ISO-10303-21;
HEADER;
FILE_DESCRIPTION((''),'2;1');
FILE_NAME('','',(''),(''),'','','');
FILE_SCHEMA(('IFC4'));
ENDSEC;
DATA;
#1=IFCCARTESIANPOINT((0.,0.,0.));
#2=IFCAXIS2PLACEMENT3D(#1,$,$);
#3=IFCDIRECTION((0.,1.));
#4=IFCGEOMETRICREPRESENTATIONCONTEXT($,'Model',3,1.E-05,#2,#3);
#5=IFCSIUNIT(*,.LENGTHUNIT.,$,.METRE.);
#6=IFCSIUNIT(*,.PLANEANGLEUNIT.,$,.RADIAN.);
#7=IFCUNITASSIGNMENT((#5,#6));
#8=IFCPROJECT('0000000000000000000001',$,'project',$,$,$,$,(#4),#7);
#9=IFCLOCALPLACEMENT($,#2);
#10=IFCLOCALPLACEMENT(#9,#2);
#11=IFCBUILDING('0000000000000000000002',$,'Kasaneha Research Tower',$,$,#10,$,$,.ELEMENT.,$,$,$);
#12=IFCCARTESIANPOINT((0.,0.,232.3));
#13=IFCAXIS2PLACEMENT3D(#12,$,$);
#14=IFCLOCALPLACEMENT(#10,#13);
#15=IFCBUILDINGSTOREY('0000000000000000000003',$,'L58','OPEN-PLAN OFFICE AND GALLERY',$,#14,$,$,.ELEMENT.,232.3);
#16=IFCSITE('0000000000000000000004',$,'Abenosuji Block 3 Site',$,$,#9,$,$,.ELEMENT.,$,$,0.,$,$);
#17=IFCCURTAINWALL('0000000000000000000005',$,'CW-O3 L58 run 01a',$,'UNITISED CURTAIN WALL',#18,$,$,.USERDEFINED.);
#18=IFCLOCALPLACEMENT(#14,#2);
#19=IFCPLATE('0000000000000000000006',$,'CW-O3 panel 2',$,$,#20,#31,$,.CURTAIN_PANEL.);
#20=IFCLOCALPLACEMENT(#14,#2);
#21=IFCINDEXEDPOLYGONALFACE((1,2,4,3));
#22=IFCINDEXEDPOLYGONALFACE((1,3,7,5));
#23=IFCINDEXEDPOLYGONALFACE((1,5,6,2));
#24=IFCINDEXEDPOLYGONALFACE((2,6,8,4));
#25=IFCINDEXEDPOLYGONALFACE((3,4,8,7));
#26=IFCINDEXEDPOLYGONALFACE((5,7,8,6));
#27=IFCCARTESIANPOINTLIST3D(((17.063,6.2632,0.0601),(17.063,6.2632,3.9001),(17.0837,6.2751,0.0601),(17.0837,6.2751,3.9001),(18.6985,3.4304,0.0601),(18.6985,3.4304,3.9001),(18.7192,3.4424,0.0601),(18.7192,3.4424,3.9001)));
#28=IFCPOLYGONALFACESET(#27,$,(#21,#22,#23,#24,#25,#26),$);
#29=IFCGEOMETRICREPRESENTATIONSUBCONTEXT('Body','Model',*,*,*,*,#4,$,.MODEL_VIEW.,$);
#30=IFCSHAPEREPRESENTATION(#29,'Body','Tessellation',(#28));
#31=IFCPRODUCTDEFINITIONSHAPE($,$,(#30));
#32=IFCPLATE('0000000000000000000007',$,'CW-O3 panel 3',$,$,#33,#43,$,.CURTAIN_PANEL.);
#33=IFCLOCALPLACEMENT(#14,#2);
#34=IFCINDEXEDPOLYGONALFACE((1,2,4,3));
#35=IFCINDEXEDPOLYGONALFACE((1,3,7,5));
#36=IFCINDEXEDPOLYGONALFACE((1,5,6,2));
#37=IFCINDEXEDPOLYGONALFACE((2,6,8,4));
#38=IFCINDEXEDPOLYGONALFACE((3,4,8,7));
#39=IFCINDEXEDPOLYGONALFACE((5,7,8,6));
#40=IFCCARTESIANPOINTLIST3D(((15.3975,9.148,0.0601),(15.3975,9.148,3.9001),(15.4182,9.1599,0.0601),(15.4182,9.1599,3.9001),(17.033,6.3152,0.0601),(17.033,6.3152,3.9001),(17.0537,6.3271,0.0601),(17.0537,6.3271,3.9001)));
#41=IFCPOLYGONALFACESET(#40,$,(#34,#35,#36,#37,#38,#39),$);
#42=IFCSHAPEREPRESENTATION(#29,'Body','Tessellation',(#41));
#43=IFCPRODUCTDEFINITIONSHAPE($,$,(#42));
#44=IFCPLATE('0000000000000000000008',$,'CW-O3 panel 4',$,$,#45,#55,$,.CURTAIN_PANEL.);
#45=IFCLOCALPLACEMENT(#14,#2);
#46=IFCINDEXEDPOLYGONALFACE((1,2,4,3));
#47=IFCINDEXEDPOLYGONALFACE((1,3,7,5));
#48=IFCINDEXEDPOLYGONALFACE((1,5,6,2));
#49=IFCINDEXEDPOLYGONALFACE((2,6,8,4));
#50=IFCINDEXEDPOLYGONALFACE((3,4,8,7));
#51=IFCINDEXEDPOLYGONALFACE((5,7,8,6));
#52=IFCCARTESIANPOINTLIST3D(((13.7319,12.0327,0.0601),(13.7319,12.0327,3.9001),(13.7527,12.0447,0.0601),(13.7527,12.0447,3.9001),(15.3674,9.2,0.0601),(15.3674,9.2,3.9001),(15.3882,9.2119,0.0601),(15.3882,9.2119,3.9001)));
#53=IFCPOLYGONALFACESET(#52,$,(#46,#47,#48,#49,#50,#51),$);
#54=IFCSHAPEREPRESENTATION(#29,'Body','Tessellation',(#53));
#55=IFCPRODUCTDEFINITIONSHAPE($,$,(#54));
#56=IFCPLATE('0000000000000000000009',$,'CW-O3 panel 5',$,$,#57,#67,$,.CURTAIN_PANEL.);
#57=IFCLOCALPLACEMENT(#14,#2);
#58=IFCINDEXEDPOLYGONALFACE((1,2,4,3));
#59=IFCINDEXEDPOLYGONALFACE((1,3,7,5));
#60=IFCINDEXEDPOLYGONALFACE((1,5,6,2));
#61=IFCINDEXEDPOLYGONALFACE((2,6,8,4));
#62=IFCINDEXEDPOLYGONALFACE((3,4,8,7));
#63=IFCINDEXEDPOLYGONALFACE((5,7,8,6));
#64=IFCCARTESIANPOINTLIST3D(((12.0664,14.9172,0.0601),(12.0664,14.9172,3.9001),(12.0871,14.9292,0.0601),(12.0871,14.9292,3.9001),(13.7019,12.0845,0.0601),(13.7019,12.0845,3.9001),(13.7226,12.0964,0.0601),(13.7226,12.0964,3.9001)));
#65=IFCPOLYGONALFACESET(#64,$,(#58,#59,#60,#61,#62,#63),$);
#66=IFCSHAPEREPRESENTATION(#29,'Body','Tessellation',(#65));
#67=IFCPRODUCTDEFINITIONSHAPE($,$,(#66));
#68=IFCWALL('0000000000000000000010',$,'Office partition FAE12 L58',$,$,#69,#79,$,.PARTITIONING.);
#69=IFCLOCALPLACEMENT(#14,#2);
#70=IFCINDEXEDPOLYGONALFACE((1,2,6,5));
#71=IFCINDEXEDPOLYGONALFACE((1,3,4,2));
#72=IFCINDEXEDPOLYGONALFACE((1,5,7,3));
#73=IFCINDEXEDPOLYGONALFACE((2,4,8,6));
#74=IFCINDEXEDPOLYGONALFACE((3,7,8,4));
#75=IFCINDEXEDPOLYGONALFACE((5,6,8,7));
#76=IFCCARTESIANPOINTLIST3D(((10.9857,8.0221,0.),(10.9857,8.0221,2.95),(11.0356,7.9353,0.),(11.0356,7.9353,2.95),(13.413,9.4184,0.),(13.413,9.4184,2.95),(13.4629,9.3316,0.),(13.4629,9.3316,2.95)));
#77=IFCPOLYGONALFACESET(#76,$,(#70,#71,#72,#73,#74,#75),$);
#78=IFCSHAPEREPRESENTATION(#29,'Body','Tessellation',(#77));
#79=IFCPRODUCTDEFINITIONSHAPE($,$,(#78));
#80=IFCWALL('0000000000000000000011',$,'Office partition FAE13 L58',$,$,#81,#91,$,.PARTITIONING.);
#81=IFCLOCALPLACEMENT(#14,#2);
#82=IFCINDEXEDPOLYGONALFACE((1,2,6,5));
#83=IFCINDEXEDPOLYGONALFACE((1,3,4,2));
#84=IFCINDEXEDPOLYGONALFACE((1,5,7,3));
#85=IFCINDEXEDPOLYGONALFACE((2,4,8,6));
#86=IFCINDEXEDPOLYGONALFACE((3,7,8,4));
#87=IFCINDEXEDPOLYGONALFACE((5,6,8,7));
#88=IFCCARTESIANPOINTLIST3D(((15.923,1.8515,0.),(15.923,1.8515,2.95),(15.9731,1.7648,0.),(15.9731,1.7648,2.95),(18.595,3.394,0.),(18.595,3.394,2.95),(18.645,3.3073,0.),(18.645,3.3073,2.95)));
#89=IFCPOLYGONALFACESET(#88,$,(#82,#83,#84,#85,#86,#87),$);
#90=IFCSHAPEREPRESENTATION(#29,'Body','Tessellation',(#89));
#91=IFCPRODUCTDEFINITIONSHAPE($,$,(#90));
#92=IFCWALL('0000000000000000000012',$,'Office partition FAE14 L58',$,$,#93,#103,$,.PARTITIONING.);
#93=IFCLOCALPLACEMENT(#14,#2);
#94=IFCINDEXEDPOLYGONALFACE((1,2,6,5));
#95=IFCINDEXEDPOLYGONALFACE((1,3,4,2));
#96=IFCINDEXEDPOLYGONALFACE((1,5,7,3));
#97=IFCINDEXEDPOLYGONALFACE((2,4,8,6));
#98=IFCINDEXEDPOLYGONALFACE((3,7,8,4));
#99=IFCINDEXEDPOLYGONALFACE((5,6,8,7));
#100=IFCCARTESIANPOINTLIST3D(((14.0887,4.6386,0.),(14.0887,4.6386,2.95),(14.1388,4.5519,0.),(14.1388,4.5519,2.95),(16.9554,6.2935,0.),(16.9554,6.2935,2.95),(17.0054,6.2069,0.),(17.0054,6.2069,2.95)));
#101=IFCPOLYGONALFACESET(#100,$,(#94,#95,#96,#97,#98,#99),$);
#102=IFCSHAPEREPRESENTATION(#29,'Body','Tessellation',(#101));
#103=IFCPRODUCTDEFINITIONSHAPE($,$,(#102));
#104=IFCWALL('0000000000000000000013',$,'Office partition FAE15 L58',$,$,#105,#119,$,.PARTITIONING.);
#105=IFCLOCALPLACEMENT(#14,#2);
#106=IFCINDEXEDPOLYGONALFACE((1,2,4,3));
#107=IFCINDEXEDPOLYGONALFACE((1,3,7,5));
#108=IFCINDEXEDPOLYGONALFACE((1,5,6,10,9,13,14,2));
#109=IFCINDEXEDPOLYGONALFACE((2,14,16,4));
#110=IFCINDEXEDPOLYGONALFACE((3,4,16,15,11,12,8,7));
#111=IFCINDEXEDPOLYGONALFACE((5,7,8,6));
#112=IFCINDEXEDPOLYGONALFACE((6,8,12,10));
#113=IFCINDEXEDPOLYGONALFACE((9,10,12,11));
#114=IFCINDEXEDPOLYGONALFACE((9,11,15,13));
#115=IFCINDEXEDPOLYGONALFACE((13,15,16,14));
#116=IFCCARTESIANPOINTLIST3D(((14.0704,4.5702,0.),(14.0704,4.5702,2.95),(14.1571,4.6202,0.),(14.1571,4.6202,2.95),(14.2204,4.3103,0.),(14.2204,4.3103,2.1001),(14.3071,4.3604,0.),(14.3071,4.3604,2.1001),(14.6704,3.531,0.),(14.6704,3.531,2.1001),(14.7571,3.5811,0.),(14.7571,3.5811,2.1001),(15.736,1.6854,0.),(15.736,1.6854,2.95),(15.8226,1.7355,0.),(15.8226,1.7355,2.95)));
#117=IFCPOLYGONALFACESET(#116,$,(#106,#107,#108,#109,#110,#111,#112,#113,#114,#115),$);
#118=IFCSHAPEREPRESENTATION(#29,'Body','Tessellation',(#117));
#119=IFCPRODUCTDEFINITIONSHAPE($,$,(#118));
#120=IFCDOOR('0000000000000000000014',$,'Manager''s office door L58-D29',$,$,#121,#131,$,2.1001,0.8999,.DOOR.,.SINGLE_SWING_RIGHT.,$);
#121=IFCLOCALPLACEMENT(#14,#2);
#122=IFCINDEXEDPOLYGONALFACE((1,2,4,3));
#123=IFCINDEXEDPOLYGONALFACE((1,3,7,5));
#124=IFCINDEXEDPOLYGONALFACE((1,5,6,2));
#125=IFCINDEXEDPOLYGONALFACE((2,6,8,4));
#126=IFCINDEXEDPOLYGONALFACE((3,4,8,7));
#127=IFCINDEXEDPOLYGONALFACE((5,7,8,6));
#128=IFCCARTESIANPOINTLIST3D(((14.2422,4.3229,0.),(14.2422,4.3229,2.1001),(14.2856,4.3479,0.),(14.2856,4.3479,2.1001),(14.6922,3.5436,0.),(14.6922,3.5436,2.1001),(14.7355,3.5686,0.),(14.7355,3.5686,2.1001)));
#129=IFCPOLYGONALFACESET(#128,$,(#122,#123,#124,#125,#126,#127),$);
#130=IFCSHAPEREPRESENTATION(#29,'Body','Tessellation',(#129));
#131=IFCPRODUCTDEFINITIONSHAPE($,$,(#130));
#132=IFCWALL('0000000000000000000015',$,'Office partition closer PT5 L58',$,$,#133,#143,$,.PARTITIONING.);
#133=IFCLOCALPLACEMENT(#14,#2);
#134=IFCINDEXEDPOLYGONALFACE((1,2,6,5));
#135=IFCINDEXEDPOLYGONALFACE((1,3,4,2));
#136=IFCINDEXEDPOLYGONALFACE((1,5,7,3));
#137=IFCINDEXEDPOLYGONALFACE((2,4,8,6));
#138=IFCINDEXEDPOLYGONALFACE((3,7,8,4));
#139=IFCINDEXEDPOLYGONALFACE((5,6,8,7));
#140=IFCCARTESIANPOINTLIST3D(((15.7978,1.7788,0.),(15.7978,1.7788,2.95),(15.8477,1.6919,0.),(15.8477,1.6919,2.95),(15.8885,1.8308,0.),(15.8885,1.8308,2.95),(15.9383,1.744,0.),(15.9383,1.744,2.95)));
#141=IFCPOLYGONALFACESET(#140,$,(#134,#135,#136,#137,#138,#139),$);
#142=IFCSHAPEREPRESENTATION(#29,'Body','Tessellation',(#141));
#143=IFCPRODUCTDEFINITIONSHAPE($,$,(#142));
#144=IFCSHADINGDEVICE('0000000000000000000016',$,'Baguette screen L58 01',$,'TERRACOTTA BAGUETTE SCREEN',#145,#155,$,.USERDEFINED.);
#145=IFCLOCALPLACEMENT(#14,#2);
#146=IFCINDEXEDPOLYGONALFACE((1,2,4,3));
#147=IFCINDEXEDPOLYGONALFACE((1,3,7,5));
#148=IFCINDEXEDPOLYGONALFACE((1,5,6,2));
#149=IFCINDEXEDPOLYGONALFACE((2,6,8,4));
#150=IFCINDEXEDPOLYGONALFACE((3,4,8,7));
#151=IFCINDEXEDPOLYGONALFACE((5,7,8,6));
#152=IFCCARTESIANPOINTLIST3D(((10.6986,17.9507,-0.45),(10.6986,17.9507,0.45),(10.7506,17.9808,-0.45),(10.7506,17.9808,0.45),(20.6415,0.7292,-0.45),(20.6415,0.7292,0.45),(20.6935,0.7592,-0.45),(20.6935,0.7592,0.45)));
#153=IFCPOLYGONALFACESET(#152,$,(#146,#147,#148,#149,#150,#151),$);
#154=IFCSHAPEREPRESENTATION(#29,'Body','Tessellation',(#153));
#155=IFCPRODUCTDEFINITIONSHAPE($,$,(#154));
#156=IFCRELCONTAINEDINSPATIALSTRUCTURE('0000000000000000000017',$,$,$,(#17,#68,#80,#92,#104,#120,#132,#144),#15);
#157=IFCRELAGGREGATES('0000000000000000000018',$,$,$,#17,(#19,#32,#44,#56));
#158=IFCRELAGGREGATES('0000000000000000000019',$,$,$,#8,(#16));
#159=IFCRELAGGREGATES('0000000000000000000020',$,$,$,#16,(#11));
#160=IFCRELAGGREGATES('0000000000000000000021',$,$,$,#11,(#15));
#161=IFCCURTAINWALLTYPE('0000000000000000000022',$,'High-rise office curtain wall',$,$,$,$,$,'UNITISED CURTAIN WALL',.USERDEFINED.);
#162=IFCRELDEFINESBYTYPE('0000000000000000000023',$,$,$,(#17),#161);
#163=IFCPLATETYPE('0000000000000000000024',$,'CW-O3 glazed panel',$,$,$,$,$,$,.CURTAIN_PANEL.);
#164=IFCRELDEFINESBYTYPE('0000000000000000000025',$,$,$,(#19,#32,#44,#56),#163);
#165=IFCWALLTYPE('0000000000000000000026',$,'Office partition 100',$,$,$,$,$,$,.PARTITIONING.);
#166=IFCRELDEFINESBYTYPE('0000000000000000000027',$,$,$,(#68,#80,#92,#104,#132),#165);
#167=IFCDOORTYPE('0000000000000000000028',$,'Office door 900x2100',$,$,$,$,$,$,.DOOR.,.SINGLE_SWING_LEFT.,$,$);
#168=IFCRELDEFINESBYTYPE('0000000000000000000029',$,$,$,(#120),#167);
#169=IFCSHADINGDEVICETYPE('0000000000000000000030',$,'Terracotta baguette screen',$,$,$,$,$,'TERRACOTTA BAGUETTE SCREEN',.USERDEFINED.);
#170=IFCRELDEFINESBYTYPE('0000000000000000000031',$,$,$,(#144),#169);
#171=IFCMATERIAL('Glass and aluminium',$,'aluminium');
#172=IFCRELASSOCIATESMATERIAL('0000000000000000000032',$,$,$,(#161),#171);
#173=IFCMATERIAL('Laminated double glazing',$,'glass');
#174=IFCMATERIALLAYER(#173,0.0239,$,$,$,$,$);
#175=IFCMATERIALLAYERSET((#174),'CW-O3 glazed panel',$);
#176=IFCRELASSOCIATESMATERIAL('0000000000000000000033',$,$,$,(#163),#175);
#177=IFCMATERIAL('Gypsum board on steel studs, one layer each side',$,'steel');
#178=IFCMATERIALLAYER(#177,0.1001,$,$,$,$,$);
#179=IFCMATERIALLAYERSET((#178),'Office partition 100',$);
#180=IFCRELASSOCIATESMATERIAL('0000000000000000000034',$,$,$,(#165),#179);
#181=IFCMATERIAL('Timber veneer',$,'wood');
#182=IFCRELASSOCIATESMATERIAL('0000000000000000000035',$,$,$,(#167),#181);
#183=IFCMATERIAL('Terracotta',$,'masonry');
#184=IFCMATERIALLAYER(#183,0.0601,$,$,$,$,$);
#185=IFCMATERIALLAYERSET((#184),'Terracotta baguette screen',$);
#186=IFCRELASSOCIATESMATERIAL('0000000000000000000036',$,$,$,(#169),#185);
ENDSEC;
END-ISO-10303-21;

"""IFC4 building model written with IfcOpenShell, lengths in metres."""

from ifc_helpers import new_model, si_unit, direction, frame, frame_2d, origin, origin_2d, place, context, subcontext, project, spatial, rectangle, extrude, material, layer, layer_set, type_object, element, fill, aggregate, save


model = new_model("IFC4")

# Units and contexts
model_context = context("Model", 3, precision=1e-05, world=origin(), true_north=direction((0.0, 1.0)))
body_context = subcontext(model_context, "Body", "Model", "MODEL_VIEW")
ifc_project = project(units=[si_unit("LENGTHUNIT", "METRE"), si_unit("PLANEANGLEUNIT", "RADIAN")], contexts=[model_context])

# Site, building, storey
site_placement = place(None, origin())
site = spatial("IfcSite", under=ifc_project, at=site_placement, Name="Abenosuji Block 3 Site", CompositionType="ELEMENT", RefElevation=0.0)
building_placement = place(site_placement, origin())
building = spatial("IfcBuilding", under=site, at=building_placement, Name="Kasaneha Research Tower", CompositionType="ELEMENT")
storey_placement = place(building_placement, frame((0.0, 0.0, 232.3)))
storey = spatial("IfcBuildingStorey", under=building, at=storey_placement, Name="L58", Description="OPEN-PLAN OFFICE AND GALLERY", CompositionType="ELEMENT", Elevation=232.3)

# Curtain wall, plates
ifc_material_1 = material(Name="Glass and aluminium", Category="aluminium")
curtain_wall_type = type_object("IfcCurtainWallType", Name="High-rise office curtain wall", ElementType="UNITISED CURTAIN WALL", PredefinedType="USERDEFINED", material=ifc_material_1)
curtain_wall_placement = place(storey_placement, origin())
curtain_wall = element("IfcCurtainWall", 1, at=curtain_wall_placement, inside=storey, type_object=curtain_wall_type, Name="CW-O3 L58 run 01a", ObjectType="UNITISED CURTAIN WALL", PredefinedType="USERDEFINED")
ifc_material_2 = material(Name="Laminated double glazing", Category="glass")
ifc_layer_1 = layer(ifc_material_2, 0.0239)
ifc_layer_set_1 = layer_set([ifc_layer_1], Name="CW-O3 glazed panel")
plate_type = type_object("IfcPlateType", Name="CW-O3 glazed panel", PredefinedType="CURTAIN_PANEL", material=ifc_layer_set_1)
plate_1_placement = place(storey_placement, frame((17.8911, 4.8528, 0.0601), z_axis=(0.0, 0.0, 1.0), x_axis=(-0.5, 0.866025, 0.0)))
plate_1 = element("IfcPlate", 2, at=plate_1_placement, type_object=plate_type, Name="CW-O3 panel 2", PredefinedType="CURTAIN_PANEL", context=body_context, shape_type="SweptSolid", body=[
    extrude(rectangle(XDim=3.271, YDim=0.0239, at=origin_2d()), origin(), (0.0, 0.0, 1.0), 3.8401),
])
plate_2_placement = place(storey_placement, frame((16.2256, 7.7375, 0.0601), z_axis=(0.0, 0.0, 1.0), x_axis=(-0.5, 0.866025, 0.0)))
plate_2 = element("IfcPlate", 3, at=plate_2_placement, type_object=plate_type, Name="CW-O3 panel 3", PredefinedType="CURTAIN_PANEL", context=body_context, shape_type="SweptSolid", body=[
    extrude(rectangle(XDim=3.271, YDim=0.0239, at=origin_2d()), origin(), (0.0, 0.0, 1.0), 3.8401),
])
plate_3_placement = place(storey_placement, frame((14.5601, 10.6223, 0.0601), z_axis=(0.0, 0.0, 1.0), x_axis=(-0.5, 0.866025, 0.0)))
plate_3 = element("IfcPlate", 4, at=plate_3_placement, type_object=plate_type, Name="CW-O3 panel 4", PredefinedType="CURTAIN_PANEL", context=body_context, shape_type="SweptSolid", body=[
    extrude(rectangle(XDim=3.271, YDim=0.0239, at=origin_2d()), origin(), (0.0, 0.0, 1.0), 3.8401),
])
plate_4_placement = place(storey_placement, frame((12.8945, 13.5068, 0.0601), z_axis=(0.0, 0.0, 1.0), x_axis=(-0.5, 0.866025, 0.0)))
plate_4 = element("IfcPlate", 5, at=plate_4_placement, type_object=plate_type, Name="CW-O3 panel 5", PredefinedType="CURTAIN_PANEL", context=body_context, shape_type="SweptSolid", body=[
    extrude(rectangle(XDim=3.271, YDim=0.0239, at=origin_2d()), origin(), (0.0, 0.0, 1.0), 3.8401),
])
aggregate(curtain_wall, [plate_1, plate_2, plate_3, plate_4])

# Walls
ifc_material_3 = material(Name="Gypsum board on steel studs, one layer each side", Category="steel")
ifc_layer_2 = layer(ifc_material_3, 0.1001)
ifc_layer_set_2 = layer_set([ifc_layer_2], Name="Office partition 100")
wall_type = type_object("IfcWallType", Name="Office partition 100", PredefinedType="PARTITIONING", material=ifc_layer_set_2)
wall_1_placement = place(storey_placement, frame((13.438, 9.375, 0.0), z_axis=(0.0, 0.0, 1.0), x_axis=(-0.866818, -0.498625, 0.0)))
element("IfcWall", 6, at=wall_1_placement, inside=storey, type_object=wall_type, Name="Office partition FAE12 L58", PredefinedType="PARTITIONING", context=body_context, shape_type="SweptSolid", body=[
    extrude(rectangle(XDim=2.8003, YDim=0.1001, at=frame_2d((1.4001, 0.0))), origin(), (0.0, 0.0, 1.0), 2.95),
])
wall_2_placement = place(storey_placement, frame((18.6199, 3.3506, 0.0), z_axis=(0.0, 0.0, 1.0), x_axis=(-0.866043, -0.499969, 0.0)))
element("IfcWall", 7, at=wall_2_placement, inside=storey, type_object=wall_type, Name="Office partition FAE13 L58", PredefinedType="PARTITIONING", context=body_context, shape_type="SweptSolid", body=[
    extrude(rectangle(XDim=3.0852, YDim=0.1001, at=frame_2d((1.5425, 0.0))), origin(), (0.0, 0.0, 1.0), 2.95),
])
wall_3_placement = place(storey_placement, frame((14.1138, 4.5952, 0.0), z_axis=(0.0, 0.0, 1.0), x_axis=(0.866033, 0.499986, 0.0)))
element("IfcWall", 8, at=wall_3_placement, inside=storey, type_object=wall_type, Name="Office partition FAE14 L58", PredefinedType="PARTITIONING", context=body_context, shape_type="SweptSolid", body=[
    extrude(rectangle(XDim=3.3101, YDim=0.1001, at=frame_2d((1.655, 0.0))), origin(), (0.0, 0.0, 1.0), 2.95),
])

# Wall, opening, door
wall_4_placement = place(storey_placement, frame((15.7793, 1.7104, 0.0), z_axis=(0.0, 0.0, 1.0), x_axis=(-0.500002, 0.866024, 0.0)))
wall_4 = element("IfcWall", 9, at=wall_4_placement, inside=storey, type_object=wall_type, Name="Office partition FAE15 L58", PredefinedType="PARTITIONING", context=body_context, shape_type="SweptSolid", body=[
    extrude(rectangle(XDim=3.3311, YDim=0.1001, at=frame_2d((1.6655, 0.0))), origin(), (0.0, 0.0, 1.0), 2.95),
])
opening_placement = place(wall_4_placement, frame((2.1311, 0.0, 0.0)))
opening = element("IfcOpeningElement", 10, at=opening_placement, cuts=wall_4, PredefinedType="OPENING", context=body_context, shape_type="SweptSolid", body=[
    extrude(rectangle(XDim=0.8999, YDim=2.1001, at=frame_2d((0.45, 1.05))), frame((0.0, 0.0601, 0.0), z_axis=(0.0, -1.0, 0.0), x_axis=(1.0, 0.0, 0.0)), (0.0, 0.0, 1.0), 0.1201),
])
ifc_material_4 = material(Name="Timber veneer", Category="wood")
door_type = type_object("IfcDoorType", Name="Office door 900x2100", OperationType="SINGLE_SWING_LEFT", PredefinedType="DOOR", material=ifc_material_4)
door_placement = place(opening_placement, origin())
door = element("IfcDoor", 11, at=door_placement, inside=storey, type_object=door_type, Name="Manager's office door L58-D29", OperationType="SINGLE_SWING_RIGHT", OverallHeight=2.1001, OverallWidth=0.8999, PredefinedType="DOOR", context=body_context, shape_type="SweptSolid", body=[
    extrude(rectangle(XDim=0.8999, YDim=2.1001, at=frame_2d((0.45, 1.05))), frame((0.0, 0.0249, 0.0), z_axis=(0.0, -1.0, 0.0), x_axis=(1.0, 0.0, 0.0)), (0.0, 0.0, 1.0), 0.05),
])
fill(opening, door)

# Wall
wall_5_placement = place(storey_placement, frame((15.8228, 1.7354, 0.0), z_axis=(0.0, 0.0, 1.0), x_axis=(0.867234, 0.4979, 0.0)))
element("IfcWall", 12, at=wall_5_placement, inside=storey, type_object=wall_type, Name="Office partition closer PT5 L58", PredefinedType="PARTITIONING", context=body_context, shape_type="SweptSolid", body=[
    extrude(rectangle(XDim=0.1045, YDim=0.1001, at=frame_2d((0.0522, 0.0))), origin(), (0.0, 0.0, 1.0), 2.95),
])

# Shading device
ifc_material_5 = material(Name="Terracotta", Category="masonry")
ifc_layer_3 = layer(ifc_material_5, 0.0601)
ifc_layer_set_3 = layer_set([ifc_layer_3], Name="Terracotta baguette screen")
shading_device_type = type_object("IfcShadingDeviceType", Name="Terracotta baguette screen", ElementType="TERRACOTTA BAGUETTE SCREEN", PredefinedType="USERDEFINED", material=ifc_layer_set_3)
shading_device_placement = place(storey_placement, frame((15.696, 9.355, -0.45), z_axis=(0.0, 0.0, 1.0), x_axis=(-0.5, 0.866025, 0.0)))
element("IfcShadingDevice", 13, at=shading_device_placement, inside=storey, type_object=shading_device_type, Name="Baguette screen L58 01", ObjectType="TERRACOTTA BAGUETTE SCREEN", PredefinedType="USERDEFINED", context=body_context, shape_type="SweptSolid", body=[
    extrude(rectangle(XDim=19.8857, YDim=0.0601, at=origin_2d()), origin(), (0.0, 0.0, 1.0), 0.8999),
])

save(model, "model.ifc")
